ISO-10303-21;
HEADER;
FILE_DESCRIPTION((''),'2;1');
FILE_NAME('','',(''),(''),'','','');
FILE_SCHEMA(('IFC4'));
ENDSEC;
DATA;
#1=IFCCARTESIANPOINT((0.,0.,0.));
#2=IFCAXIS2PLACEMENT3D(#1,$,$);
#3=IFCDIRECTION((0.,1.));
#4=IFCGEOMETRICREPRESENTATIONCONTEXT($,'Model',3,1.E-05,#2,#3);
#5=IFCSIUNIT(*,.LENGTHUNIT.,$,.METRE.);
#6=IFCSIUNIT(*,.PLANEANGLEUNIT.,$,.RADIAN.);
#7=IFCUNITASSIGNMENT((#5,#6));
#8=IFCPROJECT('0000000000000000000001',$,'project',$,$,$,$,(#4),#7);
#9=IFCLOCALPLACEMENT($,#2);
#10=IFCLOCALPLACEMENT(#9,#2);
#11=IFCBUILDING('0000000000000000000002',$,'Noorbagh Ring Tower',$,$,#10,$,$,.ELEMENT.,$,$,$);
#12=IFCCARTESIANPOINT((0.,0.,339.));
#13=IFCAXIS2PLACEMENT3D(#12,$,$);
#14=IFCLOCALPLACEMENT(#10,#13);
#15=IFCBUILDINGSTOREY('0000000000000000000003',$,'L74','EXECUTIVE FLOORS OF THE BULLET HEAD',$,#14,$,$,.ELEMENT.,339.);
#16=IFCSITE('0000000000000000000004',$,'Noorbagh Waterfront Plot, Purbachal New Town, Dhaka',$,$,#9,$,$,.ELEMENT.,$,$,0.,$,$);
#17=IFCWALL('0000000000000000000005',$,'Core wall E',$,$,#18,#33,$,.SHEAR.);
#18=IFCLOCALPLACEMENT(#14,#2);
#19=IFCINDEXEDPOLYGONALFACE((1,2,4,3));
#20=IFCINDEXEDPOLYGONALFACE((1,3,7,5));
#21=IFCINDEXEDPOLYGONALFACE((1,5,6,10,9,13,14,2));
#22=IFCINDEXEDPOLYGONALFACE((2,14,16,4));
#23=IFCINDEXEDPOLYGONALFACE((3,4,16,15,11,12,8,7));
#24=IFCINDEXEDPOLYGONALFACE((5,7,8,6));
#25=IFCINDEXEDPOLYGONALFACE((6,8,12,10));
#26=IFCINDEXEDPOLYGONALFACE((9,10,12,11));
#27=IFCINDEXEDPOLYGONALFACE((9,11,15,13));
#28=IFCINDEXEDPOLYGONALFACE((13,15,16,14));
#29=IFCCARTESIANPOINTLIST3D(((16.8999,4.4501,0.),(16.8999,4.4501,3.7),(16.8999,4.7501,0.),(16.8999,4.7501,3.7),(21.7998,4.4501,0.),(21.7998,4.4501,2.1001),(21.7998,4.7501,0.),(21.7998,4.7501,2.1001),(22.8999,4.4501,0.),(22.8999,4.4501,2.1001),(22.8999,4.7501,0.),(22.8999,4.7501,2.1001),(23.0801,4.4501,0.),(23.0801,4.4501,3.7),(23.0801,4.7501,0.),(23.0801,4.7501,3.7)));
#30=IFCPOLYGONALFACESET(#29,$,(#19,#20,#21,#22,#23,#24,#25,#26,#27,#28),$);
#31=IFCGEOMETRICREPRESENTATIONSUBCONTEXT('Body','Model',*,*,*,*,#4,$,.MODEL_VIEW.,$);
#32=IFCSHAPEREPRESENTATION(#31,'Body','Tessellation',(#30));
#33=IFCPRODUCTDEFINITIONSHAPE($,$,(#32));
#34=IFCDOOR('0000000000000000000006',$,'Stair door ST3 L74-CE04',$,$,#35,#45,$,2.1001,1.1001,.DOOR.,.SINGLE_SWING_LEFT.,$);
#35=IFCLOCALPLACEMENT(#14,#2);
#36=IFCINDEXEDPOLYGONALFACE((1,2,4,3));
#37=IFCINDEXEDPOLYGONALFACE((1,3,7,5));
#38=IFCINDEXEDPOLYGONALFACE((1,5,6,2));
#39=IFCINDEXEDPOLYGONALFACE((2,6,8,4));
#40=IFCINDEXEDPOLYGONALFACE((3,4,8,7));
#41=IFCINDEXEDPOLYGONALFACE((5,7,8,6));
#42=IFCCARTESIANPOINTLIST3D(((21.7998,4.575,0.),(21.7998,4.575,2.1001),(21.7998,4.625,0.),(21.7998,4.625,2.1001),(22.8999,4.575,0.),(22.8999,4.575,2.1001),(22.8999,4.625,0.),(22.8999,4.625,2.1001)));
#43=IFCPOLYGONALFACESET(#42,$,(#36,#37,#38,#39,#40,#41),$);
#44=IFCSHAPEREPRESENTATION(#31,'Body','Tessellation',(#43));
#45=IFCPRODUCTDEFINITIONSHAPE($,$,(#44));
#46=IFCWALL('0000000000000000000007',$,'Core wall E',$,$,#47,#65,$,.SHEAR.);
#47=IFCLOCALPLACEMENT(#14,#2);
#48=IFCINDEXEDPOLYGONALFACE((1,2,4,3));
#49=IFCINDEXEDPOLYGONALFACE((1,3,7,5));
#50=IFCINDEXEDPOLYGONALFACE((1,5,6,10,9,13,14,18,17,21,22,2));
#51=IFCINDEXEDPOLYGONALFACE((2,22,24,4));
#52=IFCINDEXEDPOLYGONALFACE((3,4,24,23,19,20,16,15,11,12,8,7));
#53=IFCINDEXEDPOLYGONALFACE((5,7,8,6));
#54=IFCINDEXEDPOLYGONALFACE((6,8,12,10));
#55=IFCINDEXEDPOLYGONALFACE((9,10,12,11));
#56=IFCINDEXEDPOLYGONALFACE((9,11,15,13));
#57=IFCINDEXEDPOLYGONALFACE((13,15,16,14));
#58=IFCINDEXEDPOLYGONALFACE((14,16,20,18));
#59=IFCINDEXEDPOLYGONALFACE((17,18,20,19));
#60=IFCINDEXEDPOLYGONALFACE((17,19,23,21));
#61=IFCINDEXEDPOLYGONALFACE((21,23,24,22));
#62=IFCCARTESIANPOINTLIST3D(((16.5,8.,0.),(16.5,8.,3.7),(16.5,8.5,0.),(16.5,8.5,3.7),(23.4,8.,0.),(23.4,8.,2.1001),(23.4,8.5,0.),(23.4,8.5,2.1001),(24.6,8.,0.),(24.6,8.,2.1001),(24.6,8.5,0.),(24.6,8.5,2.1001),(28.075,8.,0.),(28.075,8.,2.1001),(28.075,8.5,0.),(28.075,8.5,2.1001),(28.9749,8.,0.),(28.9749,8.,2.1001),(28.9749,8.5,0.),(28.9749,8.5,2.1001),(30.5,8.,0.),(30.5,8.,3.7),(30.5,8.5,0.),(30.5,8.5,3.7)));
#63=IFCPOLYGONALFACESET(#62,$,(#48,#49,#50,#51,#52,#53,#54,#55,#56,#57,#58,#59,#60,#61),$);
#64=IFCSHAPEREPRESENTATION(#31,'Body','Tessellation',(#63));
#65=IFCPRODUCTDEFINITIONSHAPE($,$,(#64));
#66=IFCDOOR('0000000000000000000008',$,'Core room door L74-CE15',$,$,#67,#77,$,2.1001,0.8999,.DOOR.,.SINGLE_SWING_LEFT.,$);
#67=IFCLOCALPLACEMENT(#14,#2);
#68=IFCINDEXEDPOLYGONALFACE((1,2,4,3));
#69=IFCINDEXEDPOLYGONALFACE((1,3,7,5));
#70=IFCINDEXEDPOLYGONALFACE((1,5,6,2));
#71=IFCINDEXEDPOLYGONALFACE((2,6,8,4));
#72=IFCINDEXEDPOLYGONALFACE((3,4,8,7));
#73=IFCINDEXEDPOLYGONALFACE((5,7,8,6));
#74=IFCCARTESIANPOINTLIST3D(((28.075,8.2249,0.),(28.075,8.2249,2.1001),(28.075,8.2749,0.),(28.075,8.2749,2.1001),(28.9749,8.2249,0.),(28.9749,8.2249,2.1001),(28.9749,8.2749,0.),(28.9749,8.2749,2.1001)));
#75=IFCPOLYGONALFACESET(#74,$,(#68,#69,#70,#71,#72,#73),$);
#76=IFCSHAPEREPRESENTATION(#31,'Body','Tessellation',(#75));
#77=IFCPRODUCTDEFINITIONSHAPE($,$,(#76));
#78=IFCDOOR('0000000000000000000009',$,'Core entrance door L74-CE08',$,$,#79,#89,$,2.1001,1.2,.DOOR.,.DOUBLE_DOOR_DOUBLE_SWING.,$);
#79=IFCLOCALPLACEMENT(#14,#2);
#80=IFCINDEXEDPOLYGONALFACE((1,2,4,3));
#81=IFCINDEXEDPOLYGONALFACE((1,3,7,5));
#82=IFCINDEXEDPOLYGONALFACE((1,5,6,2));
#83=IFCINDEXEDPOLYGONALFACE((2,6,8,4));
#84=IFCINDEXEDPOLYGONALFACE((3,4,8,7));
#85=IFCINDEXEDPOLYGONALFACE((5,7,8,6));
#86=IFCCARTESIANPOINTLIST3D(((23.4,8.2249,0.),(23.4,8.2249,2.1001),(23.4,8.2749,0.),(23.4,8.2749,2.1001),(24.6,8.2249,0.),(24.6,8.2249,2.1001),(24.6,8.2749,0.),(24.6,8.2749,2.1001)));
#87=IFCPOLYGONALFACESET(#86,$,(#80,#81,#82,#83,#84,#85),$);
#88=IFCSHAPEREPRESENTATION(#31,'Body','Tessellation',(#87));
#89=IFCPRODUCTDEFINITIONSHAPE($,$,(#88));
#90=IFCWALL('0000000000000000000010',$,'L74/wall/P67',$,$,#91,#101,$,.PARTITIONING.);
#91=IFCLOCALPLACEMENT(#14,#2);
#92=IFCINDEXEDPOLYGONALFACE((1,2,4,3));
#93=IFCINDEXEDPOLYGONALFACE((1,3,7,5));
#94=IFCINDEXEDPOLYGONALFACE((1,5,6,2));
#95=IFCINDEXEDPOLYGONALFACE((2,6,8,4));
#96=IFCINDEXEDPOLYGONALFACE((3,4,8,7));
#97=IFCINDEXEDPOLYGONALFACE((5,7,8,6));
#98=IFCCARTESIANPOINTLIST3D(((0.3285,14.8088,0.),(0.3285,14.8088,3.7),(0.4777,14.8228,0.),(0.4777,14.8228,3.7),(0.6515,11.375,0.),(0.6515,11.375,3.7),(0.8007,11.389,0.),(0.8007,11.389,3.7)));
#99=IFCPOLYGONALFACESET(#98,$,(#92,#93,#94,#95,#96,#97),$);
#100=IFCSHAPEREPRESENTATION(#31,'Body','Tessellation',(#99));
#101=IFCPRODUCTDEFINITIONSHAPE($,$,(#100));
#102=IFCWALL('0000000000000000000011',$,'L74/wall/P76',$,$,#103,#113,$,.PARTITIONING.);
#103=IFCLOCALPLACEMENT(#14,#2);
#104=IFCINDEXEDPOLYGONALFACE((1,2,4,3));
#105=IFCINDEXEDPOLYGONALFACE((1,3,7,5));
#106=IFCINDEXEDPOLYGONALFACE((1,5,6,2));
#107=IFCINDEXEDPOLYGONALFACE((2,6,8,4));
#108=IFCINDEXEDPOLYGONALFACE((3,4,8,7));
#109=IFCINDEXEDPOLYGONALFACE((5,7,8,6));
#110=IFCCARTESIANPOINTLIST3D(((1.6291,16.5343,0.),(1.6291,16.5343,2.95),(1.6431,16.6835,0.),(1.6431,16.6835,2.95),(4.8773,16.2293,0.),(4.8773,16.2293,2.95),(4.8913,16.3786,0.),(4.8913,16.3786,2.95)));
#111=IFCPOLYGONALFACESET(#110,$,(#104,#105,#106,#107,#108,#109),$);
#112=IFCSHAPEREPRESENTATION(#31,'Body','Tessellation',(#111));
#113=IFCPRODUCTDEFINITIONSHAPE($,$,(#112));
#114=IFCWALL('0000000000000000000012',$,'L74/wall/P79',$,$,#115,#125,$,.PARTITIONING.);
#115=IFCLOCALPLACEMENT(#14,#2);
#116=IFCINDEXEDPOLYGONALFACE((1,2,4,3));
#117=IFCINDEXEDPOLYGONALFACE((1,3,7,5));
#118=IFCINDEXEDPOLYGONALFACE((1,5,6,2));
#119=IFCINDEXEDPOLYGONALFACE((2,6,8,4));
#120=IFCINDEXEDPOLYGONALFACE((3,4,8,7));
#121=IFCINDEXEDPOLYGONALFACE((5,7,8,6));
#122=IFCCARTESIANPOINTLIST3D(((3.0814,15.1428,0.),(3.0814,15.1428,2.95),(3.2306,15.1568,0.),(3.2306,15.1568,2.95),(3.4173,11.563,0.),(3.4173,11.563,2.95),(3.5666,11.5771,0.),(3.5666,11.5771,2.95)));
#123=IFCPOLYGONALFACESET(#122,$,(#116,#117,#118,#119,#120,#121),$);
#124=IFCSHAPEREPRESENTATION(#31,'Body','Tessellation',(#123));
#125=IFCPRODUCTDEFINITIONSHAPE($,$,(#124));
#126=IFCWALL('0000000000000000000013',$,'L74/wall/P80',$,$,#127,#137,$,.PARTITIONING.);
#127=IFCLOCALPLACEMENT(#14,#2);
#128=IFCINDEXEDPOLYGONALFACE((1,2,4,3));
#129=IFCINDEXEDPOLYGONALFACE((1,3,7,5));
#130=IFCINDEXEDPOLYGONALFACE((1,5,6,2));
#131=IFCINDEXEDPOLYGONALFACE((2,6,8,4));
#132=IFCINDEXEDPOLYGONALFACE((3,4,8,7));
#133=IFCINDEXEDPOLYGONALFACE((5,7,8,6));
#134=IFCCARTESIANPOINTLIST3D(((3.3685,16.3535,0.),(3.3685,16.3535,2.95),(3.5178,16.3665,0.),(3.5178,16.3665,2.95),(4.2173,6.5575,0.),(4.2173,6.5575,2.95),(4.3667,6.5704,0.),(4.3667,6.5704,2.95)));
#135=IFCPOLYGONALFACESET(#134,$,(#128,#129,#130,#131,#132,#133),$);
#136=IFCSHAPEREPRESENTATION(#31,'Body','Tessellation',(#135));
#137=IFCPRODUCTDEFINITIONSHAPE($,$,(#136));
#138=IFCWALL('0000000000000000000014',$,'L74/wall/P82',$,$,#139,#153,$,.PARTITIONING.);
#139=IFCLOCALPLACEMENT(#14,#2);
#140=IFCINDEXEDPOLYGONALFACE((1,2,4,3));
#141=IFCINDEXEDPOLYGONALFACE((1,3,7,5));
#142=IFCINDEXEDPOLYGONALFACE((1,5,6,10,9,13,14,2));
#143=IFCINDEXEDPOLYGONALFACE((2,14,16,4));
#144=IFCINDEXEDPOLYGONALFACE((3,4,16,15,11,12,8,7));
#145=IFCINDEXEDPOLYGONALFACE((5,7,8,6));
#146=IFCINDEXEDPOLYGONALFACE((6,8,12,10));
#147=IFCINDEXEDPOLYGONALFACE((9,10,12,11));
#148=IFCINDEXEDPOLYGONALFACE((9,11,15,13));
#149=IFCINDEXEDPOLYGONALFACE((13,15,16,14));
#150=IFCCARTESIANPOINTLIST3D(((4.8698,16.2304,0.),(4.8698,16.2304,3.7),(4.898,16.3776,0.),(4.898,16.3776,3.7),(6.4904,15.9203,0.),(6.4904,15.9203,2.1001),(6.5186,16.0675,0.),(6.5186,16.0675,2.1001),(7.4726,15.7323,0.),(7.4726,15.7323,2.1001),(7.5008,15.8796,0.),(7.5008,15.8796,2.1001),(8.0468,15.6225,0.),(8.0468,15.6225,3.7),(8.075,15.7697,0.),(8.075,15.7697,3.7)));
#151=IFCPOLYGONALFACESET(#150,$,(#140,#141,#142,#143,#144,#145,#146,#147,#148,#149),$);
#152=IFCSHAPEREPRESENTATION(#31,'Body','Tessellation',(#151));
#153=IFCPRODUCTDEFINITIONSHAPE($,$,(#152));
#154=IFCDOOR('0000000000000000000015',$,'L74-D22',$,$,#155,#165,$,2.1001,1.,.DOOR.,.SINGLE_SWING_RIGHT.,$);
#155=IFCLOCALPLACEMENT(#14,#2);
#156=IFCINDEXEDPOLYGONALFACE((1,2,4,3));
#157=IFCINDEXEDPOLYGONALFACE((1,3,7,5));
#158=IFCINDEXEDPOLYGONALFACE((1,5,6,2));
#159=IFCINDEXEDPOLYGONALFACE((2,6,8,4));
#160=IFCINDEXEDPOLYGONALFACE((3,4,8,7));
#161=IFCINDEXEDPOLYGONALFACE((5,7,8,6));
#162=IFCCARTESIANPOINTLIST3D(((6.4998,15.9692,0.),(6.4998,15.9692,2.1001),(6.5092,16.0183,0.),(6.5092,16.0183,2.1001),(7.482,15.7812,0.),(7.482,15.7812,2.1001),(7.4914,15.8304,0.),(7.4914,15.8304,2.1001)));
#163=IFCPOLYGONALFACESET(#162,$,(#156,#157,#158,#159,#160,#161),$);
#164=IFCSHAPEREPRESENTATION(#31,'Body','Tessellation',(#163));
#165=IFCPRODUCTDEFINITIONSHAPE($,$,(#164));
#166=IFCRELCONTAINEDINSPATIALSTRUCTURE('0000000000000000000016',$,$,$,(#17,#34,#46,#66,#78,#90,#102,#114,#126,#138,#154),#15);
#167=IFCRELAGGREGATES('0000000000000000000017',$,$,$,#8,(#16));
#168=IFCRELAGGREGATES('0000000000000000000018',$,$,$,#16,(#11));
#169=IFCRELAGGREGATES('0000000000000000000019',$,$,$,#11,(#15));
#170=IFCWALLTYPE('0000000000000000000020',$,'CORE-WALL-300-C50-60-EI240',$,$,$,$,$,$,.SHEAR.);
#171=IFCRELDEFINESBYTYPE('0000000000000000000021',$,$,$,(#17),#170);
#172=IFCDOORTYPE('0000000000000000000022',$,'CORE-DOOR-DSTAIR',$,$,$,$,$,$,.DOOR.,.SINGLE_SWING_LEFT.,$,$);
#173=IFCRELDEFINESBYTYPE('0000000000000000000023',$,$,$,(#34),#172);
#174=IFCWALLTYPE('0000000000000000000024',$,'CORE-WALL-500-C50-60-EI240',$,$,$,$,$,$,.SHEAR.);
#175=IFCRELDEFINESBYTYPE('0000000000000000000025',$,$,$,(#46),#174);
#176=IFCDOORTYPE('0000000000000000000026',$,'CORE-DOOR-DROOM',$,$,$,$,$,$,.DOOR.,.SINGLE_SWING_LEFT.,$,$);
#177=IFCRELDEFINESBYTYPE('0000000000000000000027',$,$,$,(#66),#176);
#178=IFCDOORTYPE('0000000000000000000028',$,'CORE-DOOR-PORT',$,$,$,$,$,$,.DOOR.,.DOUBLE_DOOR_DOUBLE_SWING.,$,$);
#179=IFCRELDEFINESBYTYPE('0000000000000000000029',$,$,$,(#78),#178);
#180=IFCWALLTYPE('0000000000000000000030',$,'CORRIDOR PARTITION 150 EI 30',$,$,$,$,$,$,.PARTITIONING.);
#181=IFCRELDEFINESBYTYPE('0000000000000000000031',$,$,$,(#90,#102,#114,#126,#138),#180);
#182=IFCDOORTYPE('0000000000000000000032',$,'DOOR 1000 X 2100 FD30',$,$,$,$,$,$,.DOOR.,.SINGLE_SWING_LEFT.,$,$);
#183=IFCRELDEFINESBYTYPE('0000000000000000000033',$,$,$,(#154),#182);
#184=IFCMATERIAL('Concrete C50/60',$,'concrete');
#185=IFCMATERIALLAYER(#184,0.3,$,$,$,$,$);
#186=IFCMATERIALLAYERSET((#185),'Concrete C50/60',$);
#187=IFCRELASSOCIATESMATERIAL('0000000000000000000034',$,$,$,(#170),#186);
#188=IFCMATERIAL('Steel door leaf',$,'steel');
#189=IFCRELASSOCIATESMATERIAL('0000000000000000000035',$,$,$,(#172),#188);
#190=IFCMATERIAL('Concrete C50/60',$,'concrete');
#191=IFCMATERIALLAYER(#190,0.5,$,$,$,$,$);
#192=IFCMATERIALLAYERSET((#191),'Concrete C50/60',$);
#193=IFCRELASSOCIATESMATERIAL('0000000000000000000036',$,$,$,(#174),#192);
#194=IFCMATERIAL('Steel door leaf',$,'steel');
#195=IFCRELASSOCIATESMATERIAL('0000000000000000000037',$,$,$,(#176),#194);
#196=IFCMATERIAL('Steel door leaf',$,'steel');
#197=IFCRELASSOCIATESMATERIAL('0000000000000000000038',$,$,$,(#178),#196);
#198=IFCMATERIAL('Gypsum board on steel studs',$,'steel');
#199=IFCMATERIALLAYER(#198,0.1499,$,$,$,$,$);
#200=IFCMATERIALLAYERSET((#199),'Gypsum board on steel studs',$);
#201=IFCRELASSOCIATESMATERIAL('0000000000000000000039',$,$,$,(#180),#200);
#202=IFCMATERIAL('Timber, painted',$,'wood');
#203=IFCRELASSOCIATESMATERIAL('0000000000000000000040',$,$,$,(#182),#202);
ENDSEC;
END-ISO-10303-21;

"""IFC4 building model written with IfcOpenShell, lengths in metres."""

from ifc_helpers import new_model, si_unit, direction, frame, frame_2d, origin, place, context, subcontext, project, spatial, rectangle, extrude, material, layer, layer_set, type_object, element, fill, save


model = new_model("IFC4")

# Units and contexts
model_context = context("Model", 3, precision=1e-05, world=origin(), true_north=direction((0.0, 1.0)))
body_context = subcontext(model_context, "Body", "Model", "MODEL_VIEW")
ifc_project = project(units=[si_unit("LENGTHUNIT", "METRE"), si_unit("PLANEANGLEUNIT", "RADIAN")], contexts=[model_context])

# Site, building, storey
site_placement = place(None, origin())
site = spatial("IfcSite", under=ifc_project, at=site_placement, Name="Noorbagh Waterfront Plot, Purbachal New Town, Dhaka", CompositionType="ELEMENT", RefElevation=0.0)
building_placement = place(site_placement, origin())
building = spatial("IfcBuilding", under=site, at=building_placement, Name="Noorbagh Ring Tower", CompositionType="ELEMENT")
storey_placement = place(building_placement, frame((0.0, 0.0, 339.0)))
storey = spatial("IfcBuildingStorey", under=building, at=storey_placement, Name="L74", Description="EXECUTIVE FLOORS OF THE BULLET HEAD", CompositionType="ELEMENT", Elevation=339.0)

# Wall, opening, door
ifc_material_1 = material(Name="Concrete C50/60", Category="concrete")
ifc_layer_1 = layer(ifc_material_1, 0.3)
ifc_layer_set_1 = layer_set([ifc_layer_1], Name="Concrete C50/60")
wall_type_1 = type_object("IfcWallType", Name="CORE-WALL-300-C50-60-EI240", PredefinedType="SHEAR", material=ifc_layer_set_1)
wall_1_placement = place(storey_placement, frame((16.8999, 4.6001, 0.0), z_axis=(0.0, 0.0, 1.0), x_axis=(1.0, 0.0, 0.0)))
wall_1 = element("IfcWall", 1, at=wall_1_placement, inside=storey, type_object=wall_type_1, Name="Core wall E", PredefinedType="SHEAR", context=body_context, shape_type="SweptSolid", body=[
    extrude(rectangle(XDim=6.1802, YDim=0.3, at=frame_2d((3.0901, 0.0))), origin(), (0.0, 0.0, 1.0), 3.7),
])
opening_1_placement = place(wall_1_placement, frame((4.8999, 0.0, 0.0)))
opening_1 = element("IfcOpeningElement", 2, at=opening_1_placement, cuts=wall_1, PredefinedType="OPENING", context=body_context, shape_type="SweptSolid", body=[
    extrude(rectangle(XDim=1.1001, YDim=2.1001, at=frame_2d((0.55, 1.05))), frame((0.0, 0.1602, 0.0), z_axis=(0.0, -1.0, 0.0), x_axis=(1.0, 0.0, 0.0)), (0.0, 0.0, 1.0), 0.3201),
])
ifc_material_2 = material(Name="Steel door leaf", Category="steel")
door_type_1 = type_object("IfcDoorType", Name="CORE-DOOR-DSTAIR", OperationType="SINGLE_SWING_LEFT", PredefinedType="DOOR", material=ifc_material_2)
door_1_placement = place(opening_1_placement, origin())
door_1 = element("IfcDoor", 3, at=door_1_placement, inside=storey, type_object=door_type_1, Name="Stair door ST3 L74-CE04", OperationType="SINGLE_SWING_LEFT", OverallHeight=2.1001, OverallWidth=1.1001, PredefinedType="DOOR", context=body_context, shape_type="SweptSolid", body=[
    extrude(rectangle(XDim=1.1001, YDim=2.1001, at=frame_2d((0.55, 1.05))), frame((0.0, 0.0249, 0.0), z_axis=(0.0, -1.0, 0.0), x_axis=(1.0, 0.0, 0.0)), (0.0, 0.0, 1.0), 0.05),
])
fill(opening_1, door_1)

# Wall, openings, doors
ifc_material_3 = material(Name="Concrete C50/60", Category="concrete")
ifc_layer_2 = layer(ifc_material_3, 0.5)
ifc_layer_set_2 = layer_set([ifc_layer_2], Name="Concrete C50/60")
wall_type_2 = type_object("IfcWallType", Name="CORE-WALL-500-C50-60-EI240", PredefinedType="SHEAR", material=ifc_layer_set_2)
wall_2_placement = place(storey_placement, frame((16.5, 8.25, 0.0), z_axis=(0.0, 0.0, 1.0), x_axis=(1.0, 0.0, 0.0)))
wall_2 = element("IfcWall", 4, at=wall_2_placement, inside=storey, type_object=wall_type_2, Name="Core wall E", PredefinedType="SHEAR", context=body_context, shape_type="SweptSolid", body=[
    extrude(rectangle(XDim=14.0, YDim=0.5, at=frame_2d((7.0, 0.0))), origin(), (0.0, 0.0, 1.0), 3.7),
])
opening_2_placement = place(wall_2_placement, frame((6.8999, 0.0, 0.0)))
opening_2 = element("IfcOpeningElement", 5, at=opening_2_placement, cuts=wall_2, PredefinedType="OPENING", context=body_context, shape_type="SweptSolid", body=[
    extrude(rectangle(XDim=1.2, YDim=2.1001, at=frame_2d((0.6001, 1.05))), frame((0.0, 0.26, 0.0), z_axis=(0.0, -1.0, 0.0), x_axis=(1.0, 0.0, 0.0)), (0.0, 0.0, 1.0), 0.52),
])
opening_3_placement = place(wall_2_placement, frame((11.575, 0.0, 0.0)))
opening_3 = element("IfcOpeningElement", 6, at=opening_3_placement, cuts=wall_2, PredefinedType="OPENING", context=body_context, shape_type="SweptSolid", body=[
    extrude(rectangle(XDim=0.8999, YDim=2.1001, at=frame_2d((0.45, 1.05))), frame((0.0, 0.26, 0.0), z_axis=(0.0, -1.0, 0.0), x_axis=(1.0, 0.0, 0.0)), (0.0, 0.0, 1.0), 0.52),
])
ifc_material_4 = material(Name="Steel door leaf", Category="steel")
door_type_2 = type_object("IfcDoorType", Name="CORE-DOOR-DROOM", OperationType="SINGLE_SWING_LEFT", PredefinedType="DOOR", material=ifc_material_4)
door_2_placement = place(opening_3_placement, origin())
door_2 = element("IfcDoor", 7, at=door_2_placement, inside=storey, type_object=door_type_2, Name="Core room door L74-CE15", OperationType="SINGLE_SWING_LEFT", OverallHeight=2.1001, OverallWidth=0.8999, PredefinedType="DOOR", context=body_context, shape_type="SweptSolid", body=[
    extrude(rectangle(XDim=0.8999, YDim=2.1001, at=frame_2d((0.45, 1.05))), frame((0.0, 0.0249, 0.0), z_axis=(0.0, -1.0, 0.0), x_axis=(1.0, 0.0, 0.0)), (0.0, 0.0, 1.0), 0.05),
])
fill(opening_3, door_2)
ifc_material_5 = material(Name="Steel door leaf", Category="steel")
door_type_3 = type_object("IfcDoorType", Name="CORE-DOOR-PORT", OperationType="DOUBLE_DOOR_DOUBLE_SWING", PredefinedType="DOOR", material=ifc_material_5)
door_3_placement = place(opening_2_placement, origin())
door_3 = element("IfcDoor", 8, at=door_3_placement, inside=storey, type_object=door_type_3, Name="Core entrance door L74-CE08", OperationType="DOUBLE_DOOR_DOUBLE_SWING", OverallHeight=2.1001, OverallWidth=1.2, PredefinedType="DOOR", context=body_context, shape_type="SweptSolid", body=[
    extrude(rectangle(XDim=1.2, YDim=2.1001, at=frame_2d((0.6001, 1.05))), frame((0.0, 0.0249, 0.0), z_axis=(0.0, -1.0, 0.0), x_axis=(1.0, 0.0, 0.0)), (0.0, 0.0, 1.0), 0.05),
])
fill(opening_2, door_3)

# Walls
ifc_material_6 = material(Name="Gypsum board on steel studs", Category="steel")
ifc_layer_3 = layer(ifc_material_6, 0.1499)
ifc_layer_set_3 = layer_set([ifc_layer_3], Name="Gypsum board on steel studs")
wall_type_3 = type_object("IfcWallType", Name="CORRIDOR PARTITION 150 EI 30", PredefinedType="PARTITIONING", material=ifc_layer_set_3)
wall_3_placement = place(storey_placement, frame((0.4031, 14.8159, 0.0), z_axis=(0.0, 0.0, 1.0), x_axis=(0.09365, -0.995605, 0.0)))
element("IfcWall", 9, at=wall_3_placement, inside=storey, type_object=wall_type_3, Name="L74/wall/P67", PredefinedType="PARTITIONING", context=body_context, shape_type="SweptSolid", body=[
    extrude(rectangle(XDim=3.449, YDim=0.1499, at=frame_2d((1.7246, 0.0))), origin(), (0.0, 0.0, 1.0), 3.7),
])
wall_4_placement = place(storey_placement, frame((1.636, 16.6089, 0.0), z_axis=(0.0, 0.0, 1.0), x_axis=(0.995622, -0.093471, 0.0)))
element("IfcWall", 10, at=wall_4_placement, inside=storey, type_object=wall_type_3, Name="L74/wall/P76", PredefinedType="PARTITIONING", context=body_context, shape_type="SweptSolid", body=[
    extrude(rectangle(XDim=3.2625, YDim=0.1499, at=frame_2d((1.6313, 0.0))), origin(), (0.0, 0.0, 1.0), 2.95),
])
wall_5_placement = place(storey_placement, frame((3.156, 15.1499, 0.0), z_axis=(0.0, 0.0, 1.0), x_axis=(0.093431, -0.995626, 0.0)))
element("IfcWall", 11, at=wall_5_placement, inside=storey, type_object=wall_type_3, Name="L74/wall/P79", PredefinedType="PARTITIONING", context=body_context, shape_type="SweptSolid", body=[
    extrude(rectangle(XDim=3.5955, YDim=0.1499, at=frame_2d((1.7979, 0.0))), origin(), (0.0, 0.0, 1.0), 2.95),
])
wall_6_placement = place(storey_placement, frame((3.4431, 16.3601, 0.0), z_axis=(0.0, 0.0, 1.0), x_axis=(0.086331, -0.996267, 0.0)))
element("IfcWall", 12, at=wall_6_placement, inside=storey, type_object=wall_type_3, Name="L74/wall/P80", PredefinedType="PARTITIONING", context=body_context, shape_type="SweptSolid", body=[
    extrude(rectangle(XDim=9.8328, YDim=0.1499, at=frame_2d((4.9165, 0.0))), origin(), (0.0, 0.0, 1.0), 2.95),
])

# Wall, opening, door
wall_7_placement = place(storey_placement, frame((4.884, 16.304, 0.0), z_axis=(0.0, 0.0, 1.0), x_axis=(0.982181, -0.187937, 0.0)))
wall_7 = element("IfcWall", 13, at=wall_7_placement, inside=storey, type_object=wall_type_3, Name="L74/wall/P82", PredefinedType="PARTITIONING", context=body_context, shape_type="SweptSolid", body=[
    extrude(rectangle(XDim=3.2346, YDim=0.1499, at=frame_2d((1.6172, 0.0))), origin(), (0.0, 0.0, 1.0), 3.7),
])
opening_4_placement = place(wall_7_placement, frame((1.6499, 0.0, 0.0)))
opening_4 = element("IfcOpeningElement", 14, at=opening_4_placement, cuts=wall_7, PredefinedType="OPENING", context=body_context, shape_type="SweptSolid", body=[
    extrude(rectangle(XDim=1.0, YDim=2.1001, at=frame_2d((0.5, 1.05))), frame((0.0, 0.085, 0.0), z_axis=(0.0, -1.0, 0.0), x_axis=(1.0, 0.0, 0.0)), (0.0, 0.0, 1.0), 0.1699),
])
ifc_material_7 = material(Name="Timber, painted", Category="wood")
door_type_4 = type_object("IfcDoorType", Name="DOOR 1000 X 2100 FD30", OperationType="SINGLE_SWING_LEFT", PredefinedType="DOOR", material=ifc_material_7)
door_4_placement = place(opening_4_placement, origin())
door_4 = element("IfcDoor", 15, at=door_4_placement, inside=storey, type_object=door_type_4, Name="L74-D22", OperationType="SINGLE_SWING_RIGHT", OverallHeight=2.1001, OverallWidth=1.0, PredefinedType="DOOR", context=body_context, shape_type="SweptSolid", body=[
    extrude(rectangle(XDim=1.0, YDim=2.1001, at=frame_2d((0.5, 1.05))), frame((0.0, 0.0249, 0.0), z_axis=(0.0, -1.0, 0.0), x_axis=(1.0, 0.0, 0.0)), (0.0, 0.0, 1.0), 0.05),
])
fill(opening_4, door_4)

save(model, "model.ifc")
